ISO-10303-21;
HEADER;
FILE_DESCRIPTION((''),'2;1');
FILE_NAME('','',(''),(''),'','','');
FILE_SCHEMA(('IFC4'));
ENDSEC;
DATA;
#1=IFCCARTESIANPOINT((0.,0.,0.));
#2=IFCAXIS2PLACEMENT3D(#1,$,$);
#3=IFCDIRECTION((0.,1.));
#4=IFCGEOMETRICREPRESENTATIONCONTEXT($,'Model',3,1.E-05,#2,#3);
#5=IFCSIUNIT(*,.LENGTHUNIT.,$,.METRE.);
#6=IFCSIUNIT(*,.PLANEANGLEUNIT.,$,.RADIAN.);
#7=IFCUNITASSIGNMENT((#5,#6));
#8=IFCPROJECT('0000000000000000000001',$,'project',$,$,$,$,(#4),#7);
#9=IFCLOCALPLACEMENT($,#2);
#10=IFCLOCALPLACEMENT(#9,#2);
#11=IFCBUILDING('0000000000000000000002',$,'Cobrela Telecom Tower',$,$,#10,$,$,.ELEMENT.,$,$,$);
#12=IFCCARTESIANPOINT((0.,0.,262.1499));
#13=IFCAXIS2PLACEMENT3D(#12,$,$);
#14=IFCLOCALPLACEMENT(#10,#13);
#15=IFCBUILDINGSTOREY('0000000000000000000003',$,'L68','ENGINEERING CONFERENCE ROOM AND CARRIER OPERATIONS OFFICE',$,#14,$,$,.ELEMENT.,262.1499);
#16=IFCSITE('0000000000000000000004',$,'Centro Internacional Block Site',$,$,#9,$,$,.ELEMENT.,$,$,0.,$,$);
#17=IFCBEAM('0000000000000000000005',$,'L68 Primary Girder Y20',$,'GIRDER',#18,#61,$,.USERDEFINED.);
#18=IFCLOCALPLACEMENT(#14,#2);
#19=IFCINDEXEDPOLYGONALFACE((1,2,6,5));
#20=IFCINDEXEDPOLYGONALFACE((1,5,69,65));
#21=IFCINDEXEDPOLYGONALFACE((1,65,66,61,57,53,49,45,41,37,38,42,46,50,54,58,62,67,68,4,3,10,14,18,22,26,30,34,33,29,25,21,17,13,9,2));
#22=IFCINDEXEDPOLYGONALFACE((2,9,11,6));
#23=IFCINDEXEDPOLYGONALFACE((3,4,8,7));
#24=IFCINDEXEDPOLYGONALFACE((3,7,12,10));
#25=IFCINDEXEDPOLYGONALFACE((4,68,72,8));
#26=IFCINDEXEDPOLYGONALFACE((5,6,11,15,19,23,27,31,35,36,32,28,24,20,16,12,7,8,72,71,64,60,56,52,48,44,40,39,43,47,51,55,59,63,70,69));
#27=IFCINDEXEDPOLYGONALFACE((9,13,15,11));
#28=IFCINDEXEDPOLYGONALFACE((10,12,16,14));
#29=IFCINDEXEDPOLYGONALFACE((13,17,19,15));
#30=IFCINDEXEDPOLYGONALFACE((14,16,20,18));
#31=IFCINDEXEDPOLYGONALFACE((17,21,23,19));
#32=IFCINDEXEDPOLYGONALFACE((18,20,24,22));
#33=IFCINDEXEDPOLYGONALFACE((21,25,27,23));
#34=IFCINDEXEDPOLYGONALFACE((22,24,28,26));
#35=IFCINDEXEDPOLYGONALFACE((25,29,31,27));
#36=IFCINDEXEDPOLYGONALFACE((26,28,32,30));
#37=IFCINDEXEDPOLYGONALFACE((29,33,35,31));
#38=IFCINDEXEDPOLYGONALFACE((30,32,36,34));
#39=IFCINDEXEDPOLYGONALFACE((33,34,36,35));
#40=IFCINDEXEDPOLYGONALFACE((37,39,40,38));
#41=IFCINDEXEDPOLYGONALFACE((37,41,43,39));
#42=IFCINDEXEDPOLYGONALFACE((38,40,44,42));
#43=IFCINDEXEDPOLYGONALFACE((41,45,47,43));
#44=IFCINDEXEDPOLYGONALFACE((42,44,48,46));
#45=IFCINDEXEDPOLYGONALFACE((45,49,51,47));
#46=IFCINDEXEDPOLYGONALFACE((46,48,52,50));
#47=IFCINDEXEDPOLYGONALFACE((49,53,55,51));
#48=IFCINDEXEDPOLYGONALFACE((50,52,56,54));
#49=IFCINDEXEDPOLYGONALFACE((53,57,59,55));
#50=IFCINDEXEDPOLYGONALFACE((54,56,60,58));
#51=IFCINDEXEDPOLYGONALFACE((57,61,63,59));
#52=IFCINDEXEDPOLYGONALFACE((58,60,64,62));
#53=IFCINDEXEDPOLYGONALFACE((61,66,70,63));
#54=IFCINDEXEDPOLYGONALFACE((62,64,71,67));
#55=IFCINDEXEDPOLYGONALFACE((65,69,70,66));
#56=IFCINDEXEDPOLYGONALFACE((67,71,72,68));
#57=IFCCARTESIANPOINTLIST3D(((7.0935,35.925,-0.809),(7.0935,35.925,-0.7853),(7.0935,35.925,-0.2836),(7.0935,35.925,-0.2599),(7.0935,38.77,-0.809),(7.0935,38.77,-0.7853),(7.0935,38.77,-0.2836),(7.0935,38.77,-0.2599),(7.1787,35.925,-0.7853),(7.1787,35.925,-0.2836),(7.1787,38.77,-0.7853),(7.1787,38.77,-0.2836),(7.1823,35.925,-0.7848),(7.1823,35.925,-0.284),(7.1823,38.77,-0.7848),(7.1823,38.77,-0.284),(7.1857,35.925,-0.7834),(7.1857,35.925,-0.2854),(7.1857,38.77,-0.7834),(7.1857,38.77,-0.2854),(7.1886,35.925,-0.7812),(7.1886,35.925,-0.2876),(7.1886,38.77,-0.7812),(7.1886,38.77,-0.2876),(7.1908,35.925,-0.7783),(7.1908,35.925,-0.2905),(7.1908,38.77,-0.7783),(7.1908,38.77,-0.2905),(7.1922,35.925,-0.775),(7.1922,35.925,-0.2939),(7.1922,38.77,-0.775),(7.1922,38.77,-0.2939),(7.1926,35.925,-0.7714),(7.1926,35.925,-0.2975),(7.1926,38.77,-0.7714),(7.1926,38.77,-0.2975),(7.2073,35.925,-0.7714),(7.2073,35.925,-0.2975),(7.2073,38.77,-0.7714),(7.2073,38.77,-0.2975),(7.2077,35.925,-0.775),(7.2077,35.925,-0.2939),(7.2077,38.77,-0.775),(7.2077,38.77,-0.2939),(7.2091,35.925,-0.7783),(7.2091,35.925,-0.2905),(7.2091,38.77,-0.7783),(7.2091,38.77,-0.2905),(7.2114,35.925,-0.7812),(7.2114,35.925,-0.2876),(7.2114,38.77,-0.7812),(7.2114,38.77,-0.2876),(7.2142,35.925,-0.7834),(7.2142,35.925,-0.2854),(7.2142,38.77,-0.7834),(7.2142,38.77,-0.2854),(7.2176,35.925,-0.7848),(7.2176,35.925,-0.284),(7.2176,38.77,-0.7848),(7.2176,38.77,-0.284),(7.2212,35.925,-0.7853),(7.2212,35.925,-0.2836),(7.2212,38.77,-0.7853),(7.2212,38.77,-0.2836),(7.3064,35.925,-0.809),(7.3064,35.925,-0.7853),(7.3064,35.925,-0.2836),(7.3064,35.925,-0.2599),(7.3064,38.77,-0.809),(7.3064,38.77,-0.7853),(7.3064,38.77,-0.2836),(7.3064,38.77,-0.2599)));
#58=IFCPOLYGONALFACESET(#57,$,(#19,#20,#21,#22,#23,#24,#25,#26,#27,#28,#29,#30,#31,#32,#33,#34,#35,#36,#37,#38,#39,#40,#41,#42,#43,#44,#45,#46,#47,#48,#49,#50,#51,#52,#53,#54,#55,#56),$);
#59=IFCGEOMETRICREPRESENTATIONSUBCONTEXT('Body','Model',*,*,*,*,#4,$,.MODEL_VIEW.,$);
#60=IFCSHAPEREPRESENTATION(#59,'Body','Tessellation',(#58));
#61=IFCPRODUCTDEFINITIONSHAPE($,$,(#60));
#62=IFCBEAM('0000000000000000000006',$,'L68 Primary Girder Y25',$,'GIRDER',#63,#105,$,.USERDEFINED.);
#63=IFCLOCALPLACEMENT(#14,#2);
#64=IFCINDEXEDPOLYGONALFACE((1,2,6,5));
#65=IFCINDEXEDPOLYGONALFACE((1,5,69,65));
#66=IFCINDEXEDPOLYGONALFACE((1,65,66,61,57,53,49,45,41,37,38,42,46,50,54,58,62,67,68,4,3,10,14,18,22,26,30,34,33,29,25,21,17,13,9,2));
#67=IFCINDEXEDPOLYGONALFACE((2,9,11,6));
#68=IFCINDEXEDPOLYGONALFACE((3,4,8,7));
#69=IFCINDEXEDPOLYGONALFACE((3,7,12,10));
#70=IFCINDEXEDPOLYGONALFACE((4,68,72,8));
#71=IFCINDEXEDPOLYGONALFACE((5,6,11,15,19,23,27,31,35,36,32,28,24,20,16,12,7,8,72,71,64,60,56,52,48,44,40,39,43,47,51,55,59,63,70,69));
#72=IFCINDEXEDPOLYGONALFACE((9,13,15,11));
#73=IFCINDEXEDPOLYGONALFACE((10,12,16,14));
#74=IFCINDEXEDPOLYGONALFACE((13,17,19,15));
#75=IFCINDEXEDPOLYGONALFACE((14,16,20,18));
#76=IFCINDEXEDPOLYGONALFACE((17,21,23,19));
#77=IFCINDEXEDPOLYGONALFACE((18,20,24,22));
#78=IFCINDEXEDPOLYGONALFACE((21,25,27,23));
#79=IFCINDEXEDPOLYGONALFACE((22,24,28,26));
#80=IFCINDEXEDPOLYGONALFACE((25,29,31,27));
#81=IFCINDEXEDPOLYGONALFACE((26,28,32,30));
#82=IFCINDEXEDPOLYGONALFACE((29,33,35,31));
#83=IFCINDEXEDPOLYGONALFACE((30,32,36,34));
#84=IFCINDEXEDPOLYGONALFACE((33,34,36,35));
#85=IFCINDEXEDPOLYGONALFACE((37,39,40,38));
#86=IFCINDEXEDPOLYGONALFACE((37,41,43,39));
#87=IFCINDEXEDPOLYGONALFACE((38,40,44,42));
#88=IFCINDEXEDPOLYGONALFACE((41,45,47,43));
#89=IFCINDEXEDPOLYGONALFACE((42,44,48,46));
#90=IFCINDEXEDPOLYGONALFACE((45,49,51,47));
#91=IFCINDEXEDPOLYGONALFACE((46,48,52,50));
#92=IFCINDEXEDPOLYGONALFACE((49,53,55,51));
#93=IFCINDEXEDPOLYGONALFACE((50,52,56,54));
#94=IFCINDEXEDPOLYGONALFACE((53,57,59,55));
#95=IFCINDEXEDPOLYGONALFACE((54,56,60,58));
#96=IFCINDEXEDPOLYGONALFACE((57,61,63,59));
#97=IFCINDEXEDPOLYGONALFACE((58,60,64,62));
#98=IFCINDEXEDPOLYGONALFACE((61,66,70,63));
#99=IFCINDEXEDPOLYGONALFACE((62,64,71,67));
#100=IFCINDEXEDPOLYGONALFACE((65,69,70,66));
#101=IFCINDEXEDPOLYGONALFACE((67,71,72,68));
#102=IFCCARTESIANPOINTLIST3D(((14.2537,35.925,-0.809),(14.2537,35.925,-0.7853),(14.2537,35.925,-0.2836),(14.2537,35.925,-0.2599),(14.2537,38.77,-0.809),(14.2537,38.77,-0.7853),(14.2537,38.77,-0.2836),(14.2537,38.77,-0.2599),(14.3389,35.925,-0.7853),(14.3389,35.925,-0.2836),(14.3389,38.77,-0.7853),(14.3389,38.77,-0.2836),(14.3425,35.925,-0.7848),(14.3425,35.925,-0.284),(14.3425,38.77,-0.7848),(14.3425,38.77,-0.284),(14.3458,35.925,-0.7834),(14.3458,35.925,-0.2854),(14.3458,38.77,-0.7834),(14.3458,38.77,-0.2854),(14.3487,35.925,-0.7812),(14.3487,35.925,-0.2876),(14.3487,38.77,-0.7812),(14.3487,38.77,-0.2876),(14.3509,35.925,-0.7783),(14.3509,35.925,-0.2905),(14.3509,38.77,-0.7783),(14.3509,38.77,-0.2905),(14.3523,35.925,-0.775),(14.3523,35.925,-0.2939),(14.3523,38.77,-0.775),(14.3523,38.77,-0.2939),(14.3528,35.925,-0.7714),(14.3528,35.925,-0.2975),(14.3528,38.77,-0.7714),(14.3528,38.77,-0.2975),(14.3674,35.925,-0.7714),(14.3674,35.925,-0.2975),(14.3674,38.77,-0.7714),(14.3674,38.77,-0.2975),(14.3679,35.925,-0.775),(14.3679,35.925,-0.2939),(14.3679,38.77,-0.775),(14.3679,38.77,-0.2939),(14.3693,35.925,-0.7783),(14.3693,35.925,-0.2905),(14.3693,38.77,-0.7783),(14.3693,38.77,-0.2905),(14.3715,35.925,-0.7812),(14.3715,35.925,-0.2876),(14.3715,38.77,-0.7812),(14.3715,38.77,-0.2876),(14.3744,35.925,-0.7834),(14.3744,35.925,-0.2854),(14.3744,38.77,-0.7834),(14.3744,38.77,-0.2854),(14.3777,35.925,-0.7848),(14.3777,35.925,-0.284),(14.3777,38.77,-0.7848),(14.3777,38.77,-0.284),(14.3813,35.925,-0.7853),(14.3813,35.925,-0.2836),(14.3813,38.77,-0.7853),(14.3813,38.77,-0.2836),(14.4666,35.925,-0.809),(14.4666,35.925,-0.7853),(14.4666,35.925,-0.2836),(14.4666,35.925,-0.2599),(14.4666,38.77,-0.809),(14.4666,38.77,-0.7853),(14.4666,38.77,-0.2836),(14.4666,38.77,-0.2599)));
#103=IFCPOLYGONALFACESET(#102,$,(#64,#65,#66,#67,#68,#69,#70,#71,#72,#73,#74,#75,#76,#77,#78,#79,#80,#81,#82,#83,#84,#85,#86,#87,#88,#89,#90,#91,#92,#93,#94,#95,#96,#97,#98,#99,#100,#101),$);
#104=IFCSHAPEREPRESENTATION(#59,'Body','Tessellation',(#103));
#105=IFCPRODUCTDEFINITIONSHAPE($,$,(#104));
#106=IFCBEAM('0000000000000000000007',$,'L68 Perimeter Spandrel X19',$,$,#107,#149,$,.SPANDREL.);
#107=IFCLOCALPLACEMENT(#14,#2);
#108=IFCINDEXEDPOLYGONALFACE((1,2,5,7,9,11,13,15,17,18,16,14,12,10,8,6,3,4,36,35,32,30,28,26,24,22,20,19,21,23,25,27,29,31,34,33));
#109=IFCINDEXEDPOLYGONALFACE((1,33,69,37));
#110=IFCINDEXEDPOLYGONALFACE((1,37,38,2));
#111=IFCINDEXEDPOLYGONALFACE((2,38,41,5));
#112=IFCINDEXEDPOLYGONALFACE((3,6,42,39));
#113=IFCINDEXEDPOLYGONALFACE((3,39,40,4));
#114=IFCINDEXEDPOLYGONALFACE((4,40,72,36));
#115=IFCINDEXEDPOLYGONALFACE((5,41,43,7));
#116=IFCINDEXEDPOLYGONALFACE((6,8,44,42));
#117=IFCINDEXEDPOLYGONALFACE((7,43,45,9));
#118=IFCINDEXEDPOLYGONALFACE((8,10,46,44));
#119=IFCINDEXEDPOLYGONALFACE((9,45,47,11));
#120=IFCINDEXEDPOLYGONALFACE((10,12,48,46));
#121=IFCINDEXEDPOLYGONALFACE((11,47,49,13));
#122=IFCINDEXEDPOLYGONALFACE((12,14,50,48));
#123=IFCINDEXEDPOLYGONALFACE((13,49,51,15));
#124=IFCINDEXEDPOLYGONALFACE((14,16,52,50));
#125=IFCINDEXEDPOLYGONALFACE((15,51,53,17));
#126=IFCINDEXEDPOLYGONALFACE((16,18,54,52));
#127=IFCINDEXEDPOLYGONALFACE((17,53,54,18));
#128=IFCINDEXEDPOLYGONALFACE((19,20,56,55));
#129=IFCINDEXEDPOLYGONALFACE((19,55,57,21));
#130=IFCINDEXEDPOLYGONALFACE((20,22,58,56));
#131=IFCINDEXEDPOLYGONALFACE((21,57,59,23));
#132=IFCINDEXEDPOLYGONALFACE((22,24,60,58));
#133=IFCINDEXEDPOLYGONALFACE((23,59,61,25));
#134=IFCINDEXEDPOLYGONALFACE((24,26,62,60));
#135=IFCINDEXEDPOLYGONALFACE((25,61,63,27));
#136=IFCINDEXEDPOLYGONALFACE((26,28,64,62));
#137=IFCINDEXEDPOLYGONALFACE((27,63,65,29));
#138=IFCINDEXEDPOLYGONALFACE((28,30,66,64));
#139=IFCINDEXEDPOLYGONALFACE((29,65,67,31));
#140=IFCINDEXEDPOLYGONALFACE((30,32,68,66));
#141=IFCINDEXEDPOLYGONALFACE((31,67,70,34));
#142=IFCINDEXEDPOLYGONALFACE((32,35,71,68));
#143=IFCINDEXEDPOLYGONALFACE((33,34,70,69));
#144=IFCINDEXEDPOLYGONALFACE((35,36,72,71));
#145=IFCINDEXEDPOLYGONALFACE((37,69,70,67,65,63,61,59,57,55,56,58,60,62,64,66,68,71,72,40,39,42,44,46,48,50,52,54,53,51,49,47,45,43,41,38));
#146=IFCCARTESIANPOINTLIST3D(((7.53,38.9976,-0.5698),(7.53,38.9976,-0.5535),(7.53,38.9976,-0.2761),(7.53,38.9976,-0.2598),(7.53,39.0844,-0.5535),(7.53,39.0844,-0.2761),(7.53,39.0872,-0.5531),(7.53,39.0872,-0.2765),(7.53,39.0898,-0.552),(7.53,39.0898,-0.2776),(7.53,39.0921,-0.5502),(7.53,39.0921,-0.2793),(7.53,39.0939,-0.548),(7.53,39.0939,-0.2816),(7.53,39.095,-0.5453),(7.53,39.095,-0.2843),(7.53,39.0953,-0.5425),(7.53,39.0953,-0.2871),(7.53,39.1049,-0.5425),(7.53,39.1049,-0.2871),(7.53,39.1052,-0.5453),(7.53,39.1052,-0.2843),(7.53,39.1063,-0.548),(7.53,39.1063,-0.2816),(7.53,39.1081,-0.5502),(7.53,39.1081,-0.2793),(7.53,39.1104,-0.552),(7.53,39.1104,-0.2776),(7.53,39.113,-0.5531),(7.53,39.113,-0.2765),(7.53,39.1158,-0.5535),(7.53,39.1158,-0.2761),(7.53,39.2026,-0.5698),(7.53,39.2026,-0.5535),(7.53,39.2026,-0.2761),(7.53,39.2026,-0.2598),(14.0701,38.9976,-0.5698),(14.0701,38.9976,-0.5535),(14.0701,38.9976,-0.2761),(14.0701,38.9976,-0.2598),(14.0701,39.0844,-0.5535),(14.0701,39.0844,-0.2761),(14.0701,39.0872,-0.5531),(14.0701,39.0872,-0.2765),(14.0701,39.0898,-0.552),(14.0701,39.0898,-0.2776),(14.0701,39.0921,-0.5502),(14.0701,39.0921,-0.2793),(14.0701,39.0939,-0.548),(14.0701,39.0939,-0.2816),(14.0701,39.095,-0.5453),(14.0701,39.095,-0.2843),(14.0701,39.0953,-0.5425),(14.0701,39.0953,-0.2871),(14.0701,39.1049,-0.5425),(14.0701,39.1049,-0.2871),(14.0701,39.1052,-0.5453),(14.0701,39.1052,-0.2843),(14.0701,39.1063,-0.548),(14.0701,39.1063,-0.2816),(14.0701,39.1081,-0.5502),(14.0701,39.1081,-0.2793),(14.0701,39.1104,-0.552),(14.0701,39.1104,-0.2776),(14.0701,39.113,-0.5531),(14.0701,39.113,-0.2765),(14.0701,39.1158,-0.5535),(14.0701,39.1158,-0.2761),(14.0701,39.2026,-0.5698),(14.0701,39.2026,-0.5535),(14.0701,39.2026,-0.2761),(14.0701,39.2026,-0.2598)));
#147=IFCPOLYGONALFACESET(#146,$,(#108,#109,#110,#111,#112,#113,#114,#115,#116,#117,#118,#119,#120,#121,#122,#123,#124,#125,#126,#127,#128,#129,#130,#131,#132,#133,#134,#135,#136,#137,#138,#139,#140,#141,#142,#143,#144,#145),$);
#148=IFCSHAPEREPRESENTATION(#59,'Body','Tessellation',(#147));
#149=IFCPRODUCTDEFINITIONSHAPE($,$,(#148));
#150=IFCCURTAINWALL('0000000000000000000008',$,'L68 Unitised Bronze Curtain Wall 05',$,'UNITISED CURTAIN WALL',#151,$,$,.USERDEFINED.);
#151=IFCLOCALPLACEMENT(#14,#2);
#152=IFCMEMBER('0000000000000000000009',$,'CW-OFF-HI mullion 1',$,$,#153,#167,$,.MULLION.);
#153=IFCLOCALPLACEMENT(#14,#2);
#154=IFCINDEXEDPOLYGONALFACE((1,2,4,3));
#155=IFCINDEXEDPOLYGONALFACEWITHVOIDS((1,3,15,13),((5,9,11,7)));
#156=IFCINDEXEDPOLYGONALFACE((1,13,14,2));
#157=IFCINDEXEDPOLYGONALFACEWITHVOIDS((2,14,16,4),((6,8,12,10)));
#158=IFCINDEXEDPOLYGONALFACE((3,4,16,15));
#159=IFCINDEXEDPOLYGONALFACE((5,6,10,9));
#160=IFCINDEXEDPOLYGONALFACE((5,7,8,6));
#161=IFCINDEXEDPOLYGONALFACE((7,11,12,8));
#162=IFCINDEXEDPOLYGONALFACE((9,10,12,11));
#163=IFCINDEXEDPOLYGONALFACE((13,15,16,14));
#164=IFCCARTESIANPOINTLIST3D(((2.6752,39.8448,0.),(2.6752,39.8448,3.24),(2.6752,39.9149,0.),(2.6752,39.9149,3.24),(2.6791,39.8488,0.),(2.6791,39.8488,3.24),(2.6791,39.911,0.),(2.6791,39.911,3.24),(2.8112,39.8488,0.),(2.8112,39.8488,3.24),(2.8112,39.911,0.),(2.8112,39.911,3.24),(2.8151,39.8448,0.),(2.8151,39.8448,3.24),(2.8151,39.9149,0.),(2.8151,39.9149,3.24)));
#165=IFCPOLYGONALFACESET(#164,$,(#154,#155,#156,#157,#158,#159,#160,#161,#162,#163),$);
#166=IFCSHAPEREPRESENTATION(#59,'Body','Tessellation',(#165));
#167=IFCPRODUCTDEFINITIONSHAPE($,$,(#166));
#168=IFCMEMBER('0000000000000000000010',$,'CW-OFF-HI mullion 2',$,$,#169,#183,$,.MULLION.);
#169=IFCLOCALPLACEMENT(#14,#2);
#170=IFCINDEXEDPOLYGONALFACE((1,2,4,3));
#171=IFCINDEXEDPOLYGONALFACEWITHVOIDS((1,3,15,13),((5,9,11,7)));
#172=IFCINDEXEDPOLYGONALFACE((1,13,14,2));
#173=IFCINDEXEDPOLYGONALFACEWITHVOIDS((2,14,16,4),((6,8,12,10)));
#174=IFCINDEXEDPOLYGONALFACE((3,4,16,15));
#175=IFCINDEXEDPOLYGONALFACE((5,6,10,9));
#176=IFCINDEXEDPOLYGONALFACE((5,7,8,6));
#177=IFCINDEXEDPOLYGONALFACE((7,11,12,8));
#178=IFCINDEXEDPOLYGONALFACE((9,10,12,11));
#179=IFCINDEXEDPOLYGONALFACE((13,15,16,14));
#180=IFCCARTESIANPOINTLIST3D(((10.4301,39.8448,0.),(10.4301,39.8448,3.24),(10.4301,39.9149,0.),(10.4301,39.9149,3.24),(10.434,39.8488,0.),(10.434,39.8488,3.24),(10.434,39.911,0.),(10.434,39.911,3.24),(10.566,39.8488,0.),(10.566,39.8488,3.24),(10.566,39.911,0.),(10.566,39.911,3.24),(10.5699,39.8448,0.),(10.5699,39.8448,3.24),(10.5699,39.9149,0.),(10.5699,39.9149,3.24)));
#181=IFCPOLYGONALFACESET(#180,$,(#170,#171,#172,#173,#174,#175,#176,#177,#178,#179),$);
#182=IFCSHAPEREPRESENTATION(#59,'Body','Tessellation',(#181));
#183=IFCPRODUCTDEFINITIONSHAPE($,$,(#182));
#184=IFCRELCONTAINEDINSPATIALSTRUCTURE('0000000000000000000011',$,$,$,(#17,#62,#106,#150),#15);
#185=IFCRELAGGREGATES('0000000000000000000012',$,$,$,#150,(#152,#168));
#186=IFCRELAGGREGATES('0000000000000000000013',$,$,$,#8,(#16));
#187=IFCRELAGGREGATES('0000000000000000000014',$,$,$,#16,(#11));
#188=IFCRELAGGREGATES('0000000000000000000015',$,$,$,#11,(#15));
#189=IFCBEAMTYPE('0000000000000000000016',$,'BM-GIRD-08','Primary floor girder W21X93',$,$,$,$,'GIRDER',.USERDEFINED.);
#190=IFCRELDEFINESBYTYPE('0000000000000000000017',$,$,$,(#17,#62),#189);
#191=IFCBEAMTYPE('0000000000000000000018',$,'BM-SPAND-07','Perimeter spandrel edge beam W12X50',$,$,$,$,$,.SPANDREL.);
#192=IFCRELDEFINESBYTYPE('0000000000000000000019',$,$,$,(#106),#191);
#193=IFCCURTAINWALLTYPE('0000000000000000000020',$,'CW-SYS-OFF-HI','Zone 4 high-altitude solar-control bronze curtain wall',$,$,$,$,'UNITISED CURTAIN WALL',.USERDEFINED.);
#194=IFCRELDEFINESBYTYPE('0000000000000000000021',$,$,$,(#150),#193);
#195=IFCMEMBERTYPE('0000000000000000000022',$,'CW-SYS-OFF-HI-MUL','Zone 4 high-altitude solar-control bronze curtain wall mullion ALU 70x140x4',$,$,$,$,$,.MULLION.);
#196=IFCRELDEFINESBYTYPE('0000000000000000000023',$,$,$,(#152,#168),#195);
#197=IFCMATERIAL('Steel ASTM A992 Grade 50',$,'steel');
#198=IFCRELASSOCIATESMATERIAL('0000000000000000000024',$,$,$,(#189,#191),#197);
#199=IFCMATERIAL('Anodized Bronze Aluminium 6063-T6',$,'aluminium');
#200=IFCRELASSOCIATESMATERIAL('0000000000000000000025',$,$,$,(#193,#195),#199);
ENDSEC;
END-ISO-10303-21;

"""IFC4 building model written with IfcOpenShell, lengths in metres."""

from ifc_helpers import new_model, si_unit, direction, frame, origin, origin_2d, place, context, subcontext, project, spatial, hollow_rectangle, i_section, extrude, material, material_profile, profile_set, type_object, element, aggregate, save


model = new_model("IFC4")

# Units and contexts
model_context = context("Model", 3, precision=1e-05, world=origin(), true_north=direction((0.0, 1.0)))
body_context = subcontext(model_context, "Body", "Model", "MODEL_VIEW")
ifc_project = project(units=[si_unit("LENGTHUNIT", "METRE"), si_unit("PLANEANGLEUNIT", "RADIAN")], contexts=[model_context])

# Site, building, storey
site_placement = place(None, origin())
site = spatial("IfcSite", under=ifc_project, at=site_placement, Name="Centro Internacional Block Site", CompositionType="ELEMENT", RefElevation=0.0)
building_placement = place(site_placement, origin())
building = spatial("IfcBuilding", under=site, at=building_placement, Name="Cobrela Telecom Tower", CompositionType="ELEMENT")
storey_placement = place(building_placement, frame((0.0, 0.0, 262.1499)))
storey = spatial("IfcBuildingStorey", under=building, at=storey_placement, Name="L68", Description="ENGINEERING CONFERENCE ROOM AND CARRIER OPERATIONS OFFICE", CompositionType="ELEMENT", Elevation=262.1499)

# Beams
ifc_material_1 = material(Name="Steel ASTM A992 Grade 50", Category="steel")
ifc_material_profile_1 = material_profile(ifc_material_1, i_section(OverallWidth=0.2129, OverallDepth=0.5491, WebThickness=0.0146, FlangeThickness=0.0237, FilletRadius=0.0139, at=origin_2d()), Name="W21X93")
ifc_profile_set_1 = profile_set([ifc_material_profile_1], Name="Steel ASTM A992 Grade 50")
beam_type_1 = type_object("IfcBeamType", Name="BM-GIRD-08", Description="Primary floor girder W21X93", ElementType="GIRDER", PredefinedType="USERDEFINED", material=ifc_profile_set_1)
for number, where, z_axis, x_axis, name in (
    (1, (7.2, 35.925, -0.5344), (0.0, 1.0, 0.0), (-1.0, 0.0, 0.0), "L68 Primary Girder Y20"),
    (2, (14.3601, 35.925, -0.5344), (0.0, 1.0, 0.0), (-1.0, 0.0, 0.0), "L68 Primary Girder Y25"),
):
    element("IfcBeam", number, at=place(storey_placement, frame(where, z_axis=z_axis, x_axis=x_axis)), inside=storey, type_object=beam_type_1, Name=name, ObjectType="GIRDER", PredefinedType="USERDEFINED", context=body_context, shape_type="SweptSolid", body=[
        extrude(i_section(OverallWidth=0.2129, OverallDepth=0.5491, WebThickness=0.0146, FlangeThickness=0.0237, FilletRadius=0.0139, at=origin_2d()), origin(), (0.0, 0.0, 1.0), 2.845),
    ])
ifc_material_profile_2 = material_profile(ifc_material_1, i_section(OverallWidth=0.2051, OverallDepth=0.3101, WebThickness=0.0095, FlangeThickness=0.0164, FilletRadius=0.011, at=origin_2d()), Name="W12X50")
ifc_profile_set_2 = profile_set([ifc_material_profile_2], Name="Steel ASTM A992 Grade 50")
beam_type_2 = type_object("IfcBeamType", Name="BM-SPAND-07", Description="Perimeter spandrel edge beam W12X50", PredefinedType="SPANDREL", material=ifc_profile_set_2)
beam_1_placement = place(storey_placement, frame((7.53, 39.1001, -0.4148), z_axis=(1.0, 0.0, 0.0), x_axis=(0.0, 1.0, 0.0)))
element("IfcBeam", 3, at=beam_1_placement, inside=storey, type_object=beam_type_2, Name="L68 Perimeter Spandrel X19", PredefinedType="SPANDREL", context=body_context, shape_type="SweptSolid", body=[
    extrude(i_section(OverallWidth=0.2051, OverallDepth=0.3101, WebThickness=0.0095, FlangeThickness=0.0164, FilletRadius=0.011, at=origin_2d()), origin(), (0.0, 0.0, 1.0), 6.54),
])

# Curtain wall, members
ifc_material_2 = material(Name="Anodized Bronze Aluminium 6063-T6", Category="aluminium")
curtain_wall_type = type_object("IfcCurtainWallType", Name="CW-SYS-OFF-HI", Description="Zone 4 high-altitude solar-control bronze curtain wall", ElementType="UNITISED CURTAIN WALL", PredefinedType="USERDEFINED", material=ifc_material_2)
curtain_wall_placement = place(storey_placement, origin())
curtain_wall = element("IfcCurtainWall", 4, at=curtain_wall_placement, inside=storey, type_object=curtain_wall_type, Name="L68 Unitised Bronze Curtain Wall 05", ObjectType="UNITISED CURTAIN WALL", PredefinedType="USERDEFINED")
ifc_material_profile_3 = material_profile(ifc_material_2, hollow_rectangle(XDim=0.0701, YDim=0.1399, WallThickness=0.0039, at=origin_2d()), Name="ALU 70x140x4")
ifc_profile_set_3 = profile_set([ifc_material_profile_3], Name="Anodized Bronze Aluminium 6063-T6")
member_type_1 = type_object("IfcMemberType", Name="CW-SYS-OFF-HI-MUL", Description="Zone 4 high-altitude solar-control bronze curtain wall mullion ALU 70x140x4", PredefinedType="MULLION", material=ifc_profile_set_3)
member_1_placement = place(storey_placement, frame((2.7451, 39.8799, 0.0), z_axis=(0.0, 0.0, 1.0), x_axis=(0.0, 1.0, 0.0)))
member_1 = element("IfcMember", 5, at=member_1_placement, type_object=member_type_1, Name="CW-OFF-HI mullion 1", PredefinedType="MULLION", context=body_context, shape_type="SweptSolid", body=[
    extrude(hollow_rectangle(XDim=0.0701, YDim=0.1399, WallThickness=0.0039, at=origin_2d()), origin(), (0.0, 0.0, 1.0), 3.24),
])
member_2_placement = place(storey_placement, frame((10.5, 39.8799, 0.0), z_axis=(0.0, 0.0, 1.0), x_axis=(0.0, 1.0, 0.0)))
member_2 = element("IfcMember", 6, at=member_2_placement, type_object=member_type_1, Name="CW-OFF-HI mullion 2", PredefinedType="MULLION", context=body_context, shape_type="SweptSolid", body=[
    extrude(hollow_rectangle(XDim=0.0701, YDim=0.1399, WallThickness=0.0039, at=origin_2d()), origin(), (0.0, 0.0, 1.0), 3.24),
])

aggregate(curtain_wall, [member_1, member_2])

save(model, "model.ifc")
